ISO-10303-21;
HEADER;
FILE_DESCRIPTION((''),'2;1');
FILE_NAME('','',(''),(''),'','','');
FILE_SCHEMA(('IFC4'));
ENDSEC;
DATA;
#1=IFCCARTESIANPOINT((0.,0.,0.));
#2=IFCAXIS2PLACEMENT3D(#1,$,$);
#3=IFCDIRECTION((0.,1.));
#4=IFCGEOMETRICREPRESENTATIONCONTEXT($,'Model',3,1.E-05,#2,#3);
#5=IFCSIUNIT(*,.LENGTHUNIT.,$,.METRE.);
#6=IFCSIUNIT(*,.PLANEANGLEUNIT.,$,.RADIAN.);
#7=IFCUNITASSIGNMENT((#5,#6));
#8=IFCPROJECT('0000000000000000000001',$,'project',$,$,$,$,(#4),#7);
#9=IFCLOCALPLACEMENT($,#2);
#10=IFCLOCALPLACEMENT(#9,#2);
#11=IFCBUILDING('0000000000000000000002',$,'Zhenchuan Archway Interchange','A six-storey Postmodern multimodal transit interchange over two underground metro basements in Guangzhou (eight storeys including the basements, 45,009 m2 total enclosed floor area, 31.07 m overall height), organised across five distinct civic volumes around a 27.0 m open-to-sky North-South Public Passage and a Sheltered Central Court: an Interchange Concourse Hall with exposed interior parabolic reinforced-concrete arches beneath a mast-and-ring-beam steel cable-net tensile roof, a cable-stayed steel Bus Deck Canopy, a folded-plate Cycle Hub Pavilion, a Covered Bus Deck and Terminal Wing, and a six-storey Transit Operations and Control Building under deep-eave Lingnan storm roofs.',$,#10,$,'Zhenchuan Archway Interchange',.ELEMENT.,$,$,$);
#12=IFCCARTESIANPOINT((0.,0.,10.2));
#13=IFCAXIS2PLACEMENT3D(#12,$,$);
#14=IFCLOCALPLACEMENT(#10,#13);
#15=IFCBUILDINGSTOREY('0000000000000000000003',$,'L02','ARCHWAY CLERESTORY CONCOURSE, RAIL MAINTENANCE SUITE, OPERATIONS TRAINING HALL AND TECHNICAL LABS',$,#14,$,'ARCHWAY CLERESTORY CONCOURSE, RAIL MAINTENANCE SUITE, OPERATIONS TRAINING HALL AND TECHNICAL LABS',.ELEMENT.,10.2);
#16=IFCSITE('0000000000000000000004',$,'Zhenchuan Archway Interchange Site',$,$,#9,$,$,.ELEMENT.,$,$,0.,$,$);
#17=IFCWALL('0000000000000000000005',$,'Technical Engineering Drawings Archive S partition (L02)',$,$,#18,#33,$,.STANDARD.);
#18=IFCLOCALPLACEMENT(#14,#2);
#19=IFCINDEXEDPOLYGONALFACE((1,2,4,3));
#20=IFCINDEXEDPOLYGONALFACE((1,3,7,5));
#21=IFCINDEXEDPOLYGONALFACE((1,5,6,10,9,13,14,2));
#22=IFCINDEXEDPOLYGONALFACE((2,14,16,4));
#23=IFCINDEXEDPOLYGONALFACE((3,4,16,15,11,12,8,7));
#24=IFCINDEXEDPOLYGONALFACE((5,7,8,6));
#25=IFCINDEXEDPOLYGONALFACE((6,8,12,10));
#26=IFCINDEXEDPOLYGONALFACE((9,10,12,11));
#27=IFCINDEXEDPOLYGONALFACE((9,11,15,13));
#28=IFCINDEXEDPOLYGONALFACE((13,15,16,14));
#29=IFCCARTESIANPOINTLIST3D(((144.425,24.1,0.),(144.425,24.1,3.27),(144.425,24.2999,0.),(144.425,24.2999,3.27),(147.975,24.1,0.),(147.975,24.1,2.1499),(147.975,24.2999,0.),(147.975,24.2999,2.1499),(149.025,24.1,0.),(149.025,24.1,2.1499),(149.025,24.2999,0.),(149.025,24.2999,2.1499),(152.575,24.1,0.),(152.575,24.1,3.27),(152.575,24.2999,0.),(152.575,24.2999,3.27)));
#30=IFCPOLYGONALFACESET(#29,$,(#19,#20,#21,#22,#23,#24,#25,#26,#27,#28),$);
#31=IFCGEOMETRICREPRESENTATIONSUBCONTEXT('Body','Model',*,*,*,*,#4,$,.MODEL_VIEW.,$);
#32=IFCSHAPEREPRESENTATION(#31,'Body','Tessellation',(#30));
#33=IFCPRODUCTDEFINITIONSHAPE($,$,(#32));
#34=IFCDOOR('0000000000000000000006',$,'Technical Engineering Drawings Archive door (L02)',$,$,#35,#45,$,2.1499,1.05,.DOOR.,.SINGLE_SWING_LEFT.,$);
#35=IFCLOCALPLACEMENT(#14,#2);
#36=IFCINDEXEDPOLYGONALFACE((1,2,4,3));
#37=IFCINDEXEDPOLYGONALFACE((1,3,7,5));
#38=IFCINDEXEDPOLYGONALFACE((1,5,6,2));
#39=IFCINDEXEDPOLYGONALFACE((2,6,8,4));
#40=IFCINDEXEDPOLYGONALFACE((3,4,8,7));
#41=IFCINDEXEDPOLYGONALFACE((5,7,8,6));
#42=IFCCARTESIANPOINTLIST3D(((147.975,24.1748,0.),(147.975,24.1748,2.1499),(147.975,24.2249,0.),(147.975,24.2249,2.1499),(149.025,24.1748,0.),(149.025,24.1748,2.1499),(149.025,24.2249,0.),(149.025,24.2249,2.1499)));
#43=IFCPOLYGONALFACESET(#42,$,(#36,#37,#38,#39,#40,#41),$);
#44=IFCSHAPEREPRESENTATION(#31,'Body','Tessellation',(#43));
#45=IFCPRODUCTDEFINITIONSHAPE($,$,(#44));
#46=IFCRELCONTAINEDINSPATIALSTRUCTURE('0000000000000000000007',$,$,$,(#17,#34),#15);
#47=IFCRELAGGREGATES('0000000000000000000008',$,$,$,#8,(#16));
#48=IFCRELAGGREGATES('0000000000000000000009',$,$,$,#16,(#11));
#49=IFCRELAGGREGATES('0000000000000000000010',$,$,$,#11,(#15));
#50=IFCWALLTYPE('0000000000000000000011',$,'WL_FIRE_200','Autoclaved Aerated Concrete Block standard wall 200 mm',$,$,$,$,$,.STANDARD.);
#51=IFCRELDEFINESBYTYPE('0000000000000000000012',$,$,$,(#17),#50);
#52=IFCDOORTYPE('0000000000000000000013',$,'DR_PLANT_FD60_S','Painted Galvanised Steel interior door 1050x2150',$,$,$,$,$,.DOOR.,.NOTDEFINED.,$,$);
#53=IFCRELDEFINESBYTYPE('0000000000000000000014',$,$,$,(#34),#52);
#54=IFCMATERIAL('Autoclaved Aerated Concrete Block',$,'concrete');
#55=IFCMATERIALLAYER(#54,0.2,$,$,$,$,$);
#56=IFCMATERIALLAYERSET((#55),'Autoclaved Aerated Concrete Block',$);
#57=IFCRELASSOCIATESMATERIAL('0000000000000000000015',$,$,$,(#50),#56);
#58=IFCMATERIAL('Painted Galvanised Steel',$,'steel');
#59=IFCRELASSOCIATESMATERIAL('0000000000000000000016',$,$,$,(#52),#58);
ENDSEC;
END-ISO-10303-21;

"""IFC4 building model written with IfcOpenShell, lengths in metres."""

from ifc_helpers import new_model, si_unit, direction, frame, frame_2d, origin, place, context, subcontext, project, spatial, rectangle, extrude, material, layer, layer_set, type_object, element, fill, save


model = new_model("IFC4")

# Units and contexts
model_context = context("Model", 3, precision=1e-05, world=origin(), true_north=direction((0.0, 1.0)))
body_context = subcontext(model_context, "Body", "Model", "MODEL_VIEW")
ifc_project = project(units=[si_unit("LENGTHUNIT", "METRE"), si_unit("PLANEANGLEUNIT", "RADIAN")], contexts=[model_context])

# Site, building, storey
site_placement = place(None, origin())
site = spatial("IfcSite", under=ifc_project, at=site_placement, Name="Zhenchuan Archway Interchange Site", CompositionType="ELEMENT", RefElevation=0.0)
building_placement = place(site_placement, origin())
building = spatial("IfcBuilding", under=site, at=building_placement, Name="Zhenchuan Archway Interchange", Description="A six-storey Postmodern multimodal transit interchange over two underground metro basements in Guangzhou (eight storeys including the basements, 45,009 m2 total enclosed floor area, 31.07 m overall height), organised across five distinct civic volumes around a 27.0 m open-to-sky North-South Public Passage and a Sheltered Central Court: an Interchange Concourse Hall with exposed interior parabolic reinforced-concrete arches beneath a mast-and-ring-beam steel cable-net tensile roof, a cable-stayed steel Bus Deck Canopy, a folded-plate Cycle Hub Pavilion, a Covered Bus Deck and Terminal Wing, and a six-storey Transit Operations and Control Building under deep-eave Lingnan storm roofs.", LongName="Zhenchuan Archway Interchange", CompositionType="ELEMENT")
storey_placement = place(building_placement, frame((0.0, 0.0, 10.2)))
storey = spatial("IfcBuildingStorey", under=building, at=storey_placement, Name="L02", Description="ARCHWAY CLERESTORY CONCOURSE, RAIL MAINTENANCE SUITE, OPERATIONS TRAINING HALL AND TECHNICAL LABS", LongName="ARCHWAY CLERESTORY CONCOURSE, RAIL MAINTENANCE SUITE, OPERATIONS TRAINING HALL AND TECHNICAL LABS", CompositionType="ELEMENT", Elevation=10.2)

# Wall, opening, door
ifc_material_1 = material(Name="Autoclaved Aerated Concrete Block", Category="concrete")
ifc_layer_1 = layer(ifc_material_1, 0.2)
ifc_layer_set_1 = layer_set([ifc_layer_1], Name="Autoclaved Aerated Concrete Block")
wall_type_1 = type_object("IfcWallType", Name="WL_FIRE_200", Description="Autoclaved Aerated Concrete Block standard wall 200 mm", PredefinedType="STANDARD", material=ifc_layer_set_1)
wall_1_placement = place(storey_placement, frame((144.425, 24.2, 0.0), z_axis=(0.0, 0.0, 1.0), x_axis=(1.0, 0.0, 0.0)))
wall_1 = element("IfcWall", 1, at=wall_1_placement, inside=storey, type_object=wall_type_1, Name="Technical Engineering Drawings Archive S partition (L02)", PredefinedType="STANDARD", context=body_context, shape_type="SweptSolid", body=[
    extrude(rectangle(XDim=8.1499, YDim=0.2, at=frame_2d((4.075, 0.0))), origin(), (0.0, 0.0, 1.0), 3.27),
])
opening_1_placement = place(wall_1_placement, frame((3.55, 0.0, 0.0)))
opening_1 = element("IfcOpeningElement", 2, at=opening_1_placement, cuts=wall_1, PredefinedType="OPENING", context=body_context, shape_type="SweptSolid", body=[
    extrude(rectangle(XDim=1.05, YDim=2.1499, at=frame_2d((0.5249, 1.075))), frame((0.0, 0.1118, 0.0), z_axis=(0.0, -1.0, 0.0), x_axis=(1.0, 0.0, 0.0)), (0.0, 0.0, 1.0), 0.2239),
])
ifc_material_2 = material(Name="Painted Galvanised Steel", Category="steel")
door_type = type_object("IfcDoorType", Name="DR_PLANT_FD60_S", Description="Painted Galvanised Steel interior door 1050x2150", OperationType="NOTDEFINED", PredefinedType="DOOR", material=ifc_material_2)
door_placement = place(opening_1_placement, origin())
door = element("IfcDoor", 3, at=door_placement, inside=storey, type_object=door_type, Name="Technical Engineering Drawings Archive door (L02)", OperationType="SINGLE_SWING_LEFT", OverallHeight=2.1499, OverallWidth=1.05, PredefinedType="DOOR", context=body_context, shape_type="SweptSolid", body=[
    extrude(rectangle(XDim=1.05, YDim=2.1499, at=frame_2d((0.5249, 1.075))), frame((0.0, 0.0249, 0.0), z_axis=(0.0, -1.0, 0.0), x_axis=(1.0, 0.0, 0.0)), (0.0, 0.0, 1.0), 0.05),
])
fill(opening_1, door)

save(model, "model.ifc")
